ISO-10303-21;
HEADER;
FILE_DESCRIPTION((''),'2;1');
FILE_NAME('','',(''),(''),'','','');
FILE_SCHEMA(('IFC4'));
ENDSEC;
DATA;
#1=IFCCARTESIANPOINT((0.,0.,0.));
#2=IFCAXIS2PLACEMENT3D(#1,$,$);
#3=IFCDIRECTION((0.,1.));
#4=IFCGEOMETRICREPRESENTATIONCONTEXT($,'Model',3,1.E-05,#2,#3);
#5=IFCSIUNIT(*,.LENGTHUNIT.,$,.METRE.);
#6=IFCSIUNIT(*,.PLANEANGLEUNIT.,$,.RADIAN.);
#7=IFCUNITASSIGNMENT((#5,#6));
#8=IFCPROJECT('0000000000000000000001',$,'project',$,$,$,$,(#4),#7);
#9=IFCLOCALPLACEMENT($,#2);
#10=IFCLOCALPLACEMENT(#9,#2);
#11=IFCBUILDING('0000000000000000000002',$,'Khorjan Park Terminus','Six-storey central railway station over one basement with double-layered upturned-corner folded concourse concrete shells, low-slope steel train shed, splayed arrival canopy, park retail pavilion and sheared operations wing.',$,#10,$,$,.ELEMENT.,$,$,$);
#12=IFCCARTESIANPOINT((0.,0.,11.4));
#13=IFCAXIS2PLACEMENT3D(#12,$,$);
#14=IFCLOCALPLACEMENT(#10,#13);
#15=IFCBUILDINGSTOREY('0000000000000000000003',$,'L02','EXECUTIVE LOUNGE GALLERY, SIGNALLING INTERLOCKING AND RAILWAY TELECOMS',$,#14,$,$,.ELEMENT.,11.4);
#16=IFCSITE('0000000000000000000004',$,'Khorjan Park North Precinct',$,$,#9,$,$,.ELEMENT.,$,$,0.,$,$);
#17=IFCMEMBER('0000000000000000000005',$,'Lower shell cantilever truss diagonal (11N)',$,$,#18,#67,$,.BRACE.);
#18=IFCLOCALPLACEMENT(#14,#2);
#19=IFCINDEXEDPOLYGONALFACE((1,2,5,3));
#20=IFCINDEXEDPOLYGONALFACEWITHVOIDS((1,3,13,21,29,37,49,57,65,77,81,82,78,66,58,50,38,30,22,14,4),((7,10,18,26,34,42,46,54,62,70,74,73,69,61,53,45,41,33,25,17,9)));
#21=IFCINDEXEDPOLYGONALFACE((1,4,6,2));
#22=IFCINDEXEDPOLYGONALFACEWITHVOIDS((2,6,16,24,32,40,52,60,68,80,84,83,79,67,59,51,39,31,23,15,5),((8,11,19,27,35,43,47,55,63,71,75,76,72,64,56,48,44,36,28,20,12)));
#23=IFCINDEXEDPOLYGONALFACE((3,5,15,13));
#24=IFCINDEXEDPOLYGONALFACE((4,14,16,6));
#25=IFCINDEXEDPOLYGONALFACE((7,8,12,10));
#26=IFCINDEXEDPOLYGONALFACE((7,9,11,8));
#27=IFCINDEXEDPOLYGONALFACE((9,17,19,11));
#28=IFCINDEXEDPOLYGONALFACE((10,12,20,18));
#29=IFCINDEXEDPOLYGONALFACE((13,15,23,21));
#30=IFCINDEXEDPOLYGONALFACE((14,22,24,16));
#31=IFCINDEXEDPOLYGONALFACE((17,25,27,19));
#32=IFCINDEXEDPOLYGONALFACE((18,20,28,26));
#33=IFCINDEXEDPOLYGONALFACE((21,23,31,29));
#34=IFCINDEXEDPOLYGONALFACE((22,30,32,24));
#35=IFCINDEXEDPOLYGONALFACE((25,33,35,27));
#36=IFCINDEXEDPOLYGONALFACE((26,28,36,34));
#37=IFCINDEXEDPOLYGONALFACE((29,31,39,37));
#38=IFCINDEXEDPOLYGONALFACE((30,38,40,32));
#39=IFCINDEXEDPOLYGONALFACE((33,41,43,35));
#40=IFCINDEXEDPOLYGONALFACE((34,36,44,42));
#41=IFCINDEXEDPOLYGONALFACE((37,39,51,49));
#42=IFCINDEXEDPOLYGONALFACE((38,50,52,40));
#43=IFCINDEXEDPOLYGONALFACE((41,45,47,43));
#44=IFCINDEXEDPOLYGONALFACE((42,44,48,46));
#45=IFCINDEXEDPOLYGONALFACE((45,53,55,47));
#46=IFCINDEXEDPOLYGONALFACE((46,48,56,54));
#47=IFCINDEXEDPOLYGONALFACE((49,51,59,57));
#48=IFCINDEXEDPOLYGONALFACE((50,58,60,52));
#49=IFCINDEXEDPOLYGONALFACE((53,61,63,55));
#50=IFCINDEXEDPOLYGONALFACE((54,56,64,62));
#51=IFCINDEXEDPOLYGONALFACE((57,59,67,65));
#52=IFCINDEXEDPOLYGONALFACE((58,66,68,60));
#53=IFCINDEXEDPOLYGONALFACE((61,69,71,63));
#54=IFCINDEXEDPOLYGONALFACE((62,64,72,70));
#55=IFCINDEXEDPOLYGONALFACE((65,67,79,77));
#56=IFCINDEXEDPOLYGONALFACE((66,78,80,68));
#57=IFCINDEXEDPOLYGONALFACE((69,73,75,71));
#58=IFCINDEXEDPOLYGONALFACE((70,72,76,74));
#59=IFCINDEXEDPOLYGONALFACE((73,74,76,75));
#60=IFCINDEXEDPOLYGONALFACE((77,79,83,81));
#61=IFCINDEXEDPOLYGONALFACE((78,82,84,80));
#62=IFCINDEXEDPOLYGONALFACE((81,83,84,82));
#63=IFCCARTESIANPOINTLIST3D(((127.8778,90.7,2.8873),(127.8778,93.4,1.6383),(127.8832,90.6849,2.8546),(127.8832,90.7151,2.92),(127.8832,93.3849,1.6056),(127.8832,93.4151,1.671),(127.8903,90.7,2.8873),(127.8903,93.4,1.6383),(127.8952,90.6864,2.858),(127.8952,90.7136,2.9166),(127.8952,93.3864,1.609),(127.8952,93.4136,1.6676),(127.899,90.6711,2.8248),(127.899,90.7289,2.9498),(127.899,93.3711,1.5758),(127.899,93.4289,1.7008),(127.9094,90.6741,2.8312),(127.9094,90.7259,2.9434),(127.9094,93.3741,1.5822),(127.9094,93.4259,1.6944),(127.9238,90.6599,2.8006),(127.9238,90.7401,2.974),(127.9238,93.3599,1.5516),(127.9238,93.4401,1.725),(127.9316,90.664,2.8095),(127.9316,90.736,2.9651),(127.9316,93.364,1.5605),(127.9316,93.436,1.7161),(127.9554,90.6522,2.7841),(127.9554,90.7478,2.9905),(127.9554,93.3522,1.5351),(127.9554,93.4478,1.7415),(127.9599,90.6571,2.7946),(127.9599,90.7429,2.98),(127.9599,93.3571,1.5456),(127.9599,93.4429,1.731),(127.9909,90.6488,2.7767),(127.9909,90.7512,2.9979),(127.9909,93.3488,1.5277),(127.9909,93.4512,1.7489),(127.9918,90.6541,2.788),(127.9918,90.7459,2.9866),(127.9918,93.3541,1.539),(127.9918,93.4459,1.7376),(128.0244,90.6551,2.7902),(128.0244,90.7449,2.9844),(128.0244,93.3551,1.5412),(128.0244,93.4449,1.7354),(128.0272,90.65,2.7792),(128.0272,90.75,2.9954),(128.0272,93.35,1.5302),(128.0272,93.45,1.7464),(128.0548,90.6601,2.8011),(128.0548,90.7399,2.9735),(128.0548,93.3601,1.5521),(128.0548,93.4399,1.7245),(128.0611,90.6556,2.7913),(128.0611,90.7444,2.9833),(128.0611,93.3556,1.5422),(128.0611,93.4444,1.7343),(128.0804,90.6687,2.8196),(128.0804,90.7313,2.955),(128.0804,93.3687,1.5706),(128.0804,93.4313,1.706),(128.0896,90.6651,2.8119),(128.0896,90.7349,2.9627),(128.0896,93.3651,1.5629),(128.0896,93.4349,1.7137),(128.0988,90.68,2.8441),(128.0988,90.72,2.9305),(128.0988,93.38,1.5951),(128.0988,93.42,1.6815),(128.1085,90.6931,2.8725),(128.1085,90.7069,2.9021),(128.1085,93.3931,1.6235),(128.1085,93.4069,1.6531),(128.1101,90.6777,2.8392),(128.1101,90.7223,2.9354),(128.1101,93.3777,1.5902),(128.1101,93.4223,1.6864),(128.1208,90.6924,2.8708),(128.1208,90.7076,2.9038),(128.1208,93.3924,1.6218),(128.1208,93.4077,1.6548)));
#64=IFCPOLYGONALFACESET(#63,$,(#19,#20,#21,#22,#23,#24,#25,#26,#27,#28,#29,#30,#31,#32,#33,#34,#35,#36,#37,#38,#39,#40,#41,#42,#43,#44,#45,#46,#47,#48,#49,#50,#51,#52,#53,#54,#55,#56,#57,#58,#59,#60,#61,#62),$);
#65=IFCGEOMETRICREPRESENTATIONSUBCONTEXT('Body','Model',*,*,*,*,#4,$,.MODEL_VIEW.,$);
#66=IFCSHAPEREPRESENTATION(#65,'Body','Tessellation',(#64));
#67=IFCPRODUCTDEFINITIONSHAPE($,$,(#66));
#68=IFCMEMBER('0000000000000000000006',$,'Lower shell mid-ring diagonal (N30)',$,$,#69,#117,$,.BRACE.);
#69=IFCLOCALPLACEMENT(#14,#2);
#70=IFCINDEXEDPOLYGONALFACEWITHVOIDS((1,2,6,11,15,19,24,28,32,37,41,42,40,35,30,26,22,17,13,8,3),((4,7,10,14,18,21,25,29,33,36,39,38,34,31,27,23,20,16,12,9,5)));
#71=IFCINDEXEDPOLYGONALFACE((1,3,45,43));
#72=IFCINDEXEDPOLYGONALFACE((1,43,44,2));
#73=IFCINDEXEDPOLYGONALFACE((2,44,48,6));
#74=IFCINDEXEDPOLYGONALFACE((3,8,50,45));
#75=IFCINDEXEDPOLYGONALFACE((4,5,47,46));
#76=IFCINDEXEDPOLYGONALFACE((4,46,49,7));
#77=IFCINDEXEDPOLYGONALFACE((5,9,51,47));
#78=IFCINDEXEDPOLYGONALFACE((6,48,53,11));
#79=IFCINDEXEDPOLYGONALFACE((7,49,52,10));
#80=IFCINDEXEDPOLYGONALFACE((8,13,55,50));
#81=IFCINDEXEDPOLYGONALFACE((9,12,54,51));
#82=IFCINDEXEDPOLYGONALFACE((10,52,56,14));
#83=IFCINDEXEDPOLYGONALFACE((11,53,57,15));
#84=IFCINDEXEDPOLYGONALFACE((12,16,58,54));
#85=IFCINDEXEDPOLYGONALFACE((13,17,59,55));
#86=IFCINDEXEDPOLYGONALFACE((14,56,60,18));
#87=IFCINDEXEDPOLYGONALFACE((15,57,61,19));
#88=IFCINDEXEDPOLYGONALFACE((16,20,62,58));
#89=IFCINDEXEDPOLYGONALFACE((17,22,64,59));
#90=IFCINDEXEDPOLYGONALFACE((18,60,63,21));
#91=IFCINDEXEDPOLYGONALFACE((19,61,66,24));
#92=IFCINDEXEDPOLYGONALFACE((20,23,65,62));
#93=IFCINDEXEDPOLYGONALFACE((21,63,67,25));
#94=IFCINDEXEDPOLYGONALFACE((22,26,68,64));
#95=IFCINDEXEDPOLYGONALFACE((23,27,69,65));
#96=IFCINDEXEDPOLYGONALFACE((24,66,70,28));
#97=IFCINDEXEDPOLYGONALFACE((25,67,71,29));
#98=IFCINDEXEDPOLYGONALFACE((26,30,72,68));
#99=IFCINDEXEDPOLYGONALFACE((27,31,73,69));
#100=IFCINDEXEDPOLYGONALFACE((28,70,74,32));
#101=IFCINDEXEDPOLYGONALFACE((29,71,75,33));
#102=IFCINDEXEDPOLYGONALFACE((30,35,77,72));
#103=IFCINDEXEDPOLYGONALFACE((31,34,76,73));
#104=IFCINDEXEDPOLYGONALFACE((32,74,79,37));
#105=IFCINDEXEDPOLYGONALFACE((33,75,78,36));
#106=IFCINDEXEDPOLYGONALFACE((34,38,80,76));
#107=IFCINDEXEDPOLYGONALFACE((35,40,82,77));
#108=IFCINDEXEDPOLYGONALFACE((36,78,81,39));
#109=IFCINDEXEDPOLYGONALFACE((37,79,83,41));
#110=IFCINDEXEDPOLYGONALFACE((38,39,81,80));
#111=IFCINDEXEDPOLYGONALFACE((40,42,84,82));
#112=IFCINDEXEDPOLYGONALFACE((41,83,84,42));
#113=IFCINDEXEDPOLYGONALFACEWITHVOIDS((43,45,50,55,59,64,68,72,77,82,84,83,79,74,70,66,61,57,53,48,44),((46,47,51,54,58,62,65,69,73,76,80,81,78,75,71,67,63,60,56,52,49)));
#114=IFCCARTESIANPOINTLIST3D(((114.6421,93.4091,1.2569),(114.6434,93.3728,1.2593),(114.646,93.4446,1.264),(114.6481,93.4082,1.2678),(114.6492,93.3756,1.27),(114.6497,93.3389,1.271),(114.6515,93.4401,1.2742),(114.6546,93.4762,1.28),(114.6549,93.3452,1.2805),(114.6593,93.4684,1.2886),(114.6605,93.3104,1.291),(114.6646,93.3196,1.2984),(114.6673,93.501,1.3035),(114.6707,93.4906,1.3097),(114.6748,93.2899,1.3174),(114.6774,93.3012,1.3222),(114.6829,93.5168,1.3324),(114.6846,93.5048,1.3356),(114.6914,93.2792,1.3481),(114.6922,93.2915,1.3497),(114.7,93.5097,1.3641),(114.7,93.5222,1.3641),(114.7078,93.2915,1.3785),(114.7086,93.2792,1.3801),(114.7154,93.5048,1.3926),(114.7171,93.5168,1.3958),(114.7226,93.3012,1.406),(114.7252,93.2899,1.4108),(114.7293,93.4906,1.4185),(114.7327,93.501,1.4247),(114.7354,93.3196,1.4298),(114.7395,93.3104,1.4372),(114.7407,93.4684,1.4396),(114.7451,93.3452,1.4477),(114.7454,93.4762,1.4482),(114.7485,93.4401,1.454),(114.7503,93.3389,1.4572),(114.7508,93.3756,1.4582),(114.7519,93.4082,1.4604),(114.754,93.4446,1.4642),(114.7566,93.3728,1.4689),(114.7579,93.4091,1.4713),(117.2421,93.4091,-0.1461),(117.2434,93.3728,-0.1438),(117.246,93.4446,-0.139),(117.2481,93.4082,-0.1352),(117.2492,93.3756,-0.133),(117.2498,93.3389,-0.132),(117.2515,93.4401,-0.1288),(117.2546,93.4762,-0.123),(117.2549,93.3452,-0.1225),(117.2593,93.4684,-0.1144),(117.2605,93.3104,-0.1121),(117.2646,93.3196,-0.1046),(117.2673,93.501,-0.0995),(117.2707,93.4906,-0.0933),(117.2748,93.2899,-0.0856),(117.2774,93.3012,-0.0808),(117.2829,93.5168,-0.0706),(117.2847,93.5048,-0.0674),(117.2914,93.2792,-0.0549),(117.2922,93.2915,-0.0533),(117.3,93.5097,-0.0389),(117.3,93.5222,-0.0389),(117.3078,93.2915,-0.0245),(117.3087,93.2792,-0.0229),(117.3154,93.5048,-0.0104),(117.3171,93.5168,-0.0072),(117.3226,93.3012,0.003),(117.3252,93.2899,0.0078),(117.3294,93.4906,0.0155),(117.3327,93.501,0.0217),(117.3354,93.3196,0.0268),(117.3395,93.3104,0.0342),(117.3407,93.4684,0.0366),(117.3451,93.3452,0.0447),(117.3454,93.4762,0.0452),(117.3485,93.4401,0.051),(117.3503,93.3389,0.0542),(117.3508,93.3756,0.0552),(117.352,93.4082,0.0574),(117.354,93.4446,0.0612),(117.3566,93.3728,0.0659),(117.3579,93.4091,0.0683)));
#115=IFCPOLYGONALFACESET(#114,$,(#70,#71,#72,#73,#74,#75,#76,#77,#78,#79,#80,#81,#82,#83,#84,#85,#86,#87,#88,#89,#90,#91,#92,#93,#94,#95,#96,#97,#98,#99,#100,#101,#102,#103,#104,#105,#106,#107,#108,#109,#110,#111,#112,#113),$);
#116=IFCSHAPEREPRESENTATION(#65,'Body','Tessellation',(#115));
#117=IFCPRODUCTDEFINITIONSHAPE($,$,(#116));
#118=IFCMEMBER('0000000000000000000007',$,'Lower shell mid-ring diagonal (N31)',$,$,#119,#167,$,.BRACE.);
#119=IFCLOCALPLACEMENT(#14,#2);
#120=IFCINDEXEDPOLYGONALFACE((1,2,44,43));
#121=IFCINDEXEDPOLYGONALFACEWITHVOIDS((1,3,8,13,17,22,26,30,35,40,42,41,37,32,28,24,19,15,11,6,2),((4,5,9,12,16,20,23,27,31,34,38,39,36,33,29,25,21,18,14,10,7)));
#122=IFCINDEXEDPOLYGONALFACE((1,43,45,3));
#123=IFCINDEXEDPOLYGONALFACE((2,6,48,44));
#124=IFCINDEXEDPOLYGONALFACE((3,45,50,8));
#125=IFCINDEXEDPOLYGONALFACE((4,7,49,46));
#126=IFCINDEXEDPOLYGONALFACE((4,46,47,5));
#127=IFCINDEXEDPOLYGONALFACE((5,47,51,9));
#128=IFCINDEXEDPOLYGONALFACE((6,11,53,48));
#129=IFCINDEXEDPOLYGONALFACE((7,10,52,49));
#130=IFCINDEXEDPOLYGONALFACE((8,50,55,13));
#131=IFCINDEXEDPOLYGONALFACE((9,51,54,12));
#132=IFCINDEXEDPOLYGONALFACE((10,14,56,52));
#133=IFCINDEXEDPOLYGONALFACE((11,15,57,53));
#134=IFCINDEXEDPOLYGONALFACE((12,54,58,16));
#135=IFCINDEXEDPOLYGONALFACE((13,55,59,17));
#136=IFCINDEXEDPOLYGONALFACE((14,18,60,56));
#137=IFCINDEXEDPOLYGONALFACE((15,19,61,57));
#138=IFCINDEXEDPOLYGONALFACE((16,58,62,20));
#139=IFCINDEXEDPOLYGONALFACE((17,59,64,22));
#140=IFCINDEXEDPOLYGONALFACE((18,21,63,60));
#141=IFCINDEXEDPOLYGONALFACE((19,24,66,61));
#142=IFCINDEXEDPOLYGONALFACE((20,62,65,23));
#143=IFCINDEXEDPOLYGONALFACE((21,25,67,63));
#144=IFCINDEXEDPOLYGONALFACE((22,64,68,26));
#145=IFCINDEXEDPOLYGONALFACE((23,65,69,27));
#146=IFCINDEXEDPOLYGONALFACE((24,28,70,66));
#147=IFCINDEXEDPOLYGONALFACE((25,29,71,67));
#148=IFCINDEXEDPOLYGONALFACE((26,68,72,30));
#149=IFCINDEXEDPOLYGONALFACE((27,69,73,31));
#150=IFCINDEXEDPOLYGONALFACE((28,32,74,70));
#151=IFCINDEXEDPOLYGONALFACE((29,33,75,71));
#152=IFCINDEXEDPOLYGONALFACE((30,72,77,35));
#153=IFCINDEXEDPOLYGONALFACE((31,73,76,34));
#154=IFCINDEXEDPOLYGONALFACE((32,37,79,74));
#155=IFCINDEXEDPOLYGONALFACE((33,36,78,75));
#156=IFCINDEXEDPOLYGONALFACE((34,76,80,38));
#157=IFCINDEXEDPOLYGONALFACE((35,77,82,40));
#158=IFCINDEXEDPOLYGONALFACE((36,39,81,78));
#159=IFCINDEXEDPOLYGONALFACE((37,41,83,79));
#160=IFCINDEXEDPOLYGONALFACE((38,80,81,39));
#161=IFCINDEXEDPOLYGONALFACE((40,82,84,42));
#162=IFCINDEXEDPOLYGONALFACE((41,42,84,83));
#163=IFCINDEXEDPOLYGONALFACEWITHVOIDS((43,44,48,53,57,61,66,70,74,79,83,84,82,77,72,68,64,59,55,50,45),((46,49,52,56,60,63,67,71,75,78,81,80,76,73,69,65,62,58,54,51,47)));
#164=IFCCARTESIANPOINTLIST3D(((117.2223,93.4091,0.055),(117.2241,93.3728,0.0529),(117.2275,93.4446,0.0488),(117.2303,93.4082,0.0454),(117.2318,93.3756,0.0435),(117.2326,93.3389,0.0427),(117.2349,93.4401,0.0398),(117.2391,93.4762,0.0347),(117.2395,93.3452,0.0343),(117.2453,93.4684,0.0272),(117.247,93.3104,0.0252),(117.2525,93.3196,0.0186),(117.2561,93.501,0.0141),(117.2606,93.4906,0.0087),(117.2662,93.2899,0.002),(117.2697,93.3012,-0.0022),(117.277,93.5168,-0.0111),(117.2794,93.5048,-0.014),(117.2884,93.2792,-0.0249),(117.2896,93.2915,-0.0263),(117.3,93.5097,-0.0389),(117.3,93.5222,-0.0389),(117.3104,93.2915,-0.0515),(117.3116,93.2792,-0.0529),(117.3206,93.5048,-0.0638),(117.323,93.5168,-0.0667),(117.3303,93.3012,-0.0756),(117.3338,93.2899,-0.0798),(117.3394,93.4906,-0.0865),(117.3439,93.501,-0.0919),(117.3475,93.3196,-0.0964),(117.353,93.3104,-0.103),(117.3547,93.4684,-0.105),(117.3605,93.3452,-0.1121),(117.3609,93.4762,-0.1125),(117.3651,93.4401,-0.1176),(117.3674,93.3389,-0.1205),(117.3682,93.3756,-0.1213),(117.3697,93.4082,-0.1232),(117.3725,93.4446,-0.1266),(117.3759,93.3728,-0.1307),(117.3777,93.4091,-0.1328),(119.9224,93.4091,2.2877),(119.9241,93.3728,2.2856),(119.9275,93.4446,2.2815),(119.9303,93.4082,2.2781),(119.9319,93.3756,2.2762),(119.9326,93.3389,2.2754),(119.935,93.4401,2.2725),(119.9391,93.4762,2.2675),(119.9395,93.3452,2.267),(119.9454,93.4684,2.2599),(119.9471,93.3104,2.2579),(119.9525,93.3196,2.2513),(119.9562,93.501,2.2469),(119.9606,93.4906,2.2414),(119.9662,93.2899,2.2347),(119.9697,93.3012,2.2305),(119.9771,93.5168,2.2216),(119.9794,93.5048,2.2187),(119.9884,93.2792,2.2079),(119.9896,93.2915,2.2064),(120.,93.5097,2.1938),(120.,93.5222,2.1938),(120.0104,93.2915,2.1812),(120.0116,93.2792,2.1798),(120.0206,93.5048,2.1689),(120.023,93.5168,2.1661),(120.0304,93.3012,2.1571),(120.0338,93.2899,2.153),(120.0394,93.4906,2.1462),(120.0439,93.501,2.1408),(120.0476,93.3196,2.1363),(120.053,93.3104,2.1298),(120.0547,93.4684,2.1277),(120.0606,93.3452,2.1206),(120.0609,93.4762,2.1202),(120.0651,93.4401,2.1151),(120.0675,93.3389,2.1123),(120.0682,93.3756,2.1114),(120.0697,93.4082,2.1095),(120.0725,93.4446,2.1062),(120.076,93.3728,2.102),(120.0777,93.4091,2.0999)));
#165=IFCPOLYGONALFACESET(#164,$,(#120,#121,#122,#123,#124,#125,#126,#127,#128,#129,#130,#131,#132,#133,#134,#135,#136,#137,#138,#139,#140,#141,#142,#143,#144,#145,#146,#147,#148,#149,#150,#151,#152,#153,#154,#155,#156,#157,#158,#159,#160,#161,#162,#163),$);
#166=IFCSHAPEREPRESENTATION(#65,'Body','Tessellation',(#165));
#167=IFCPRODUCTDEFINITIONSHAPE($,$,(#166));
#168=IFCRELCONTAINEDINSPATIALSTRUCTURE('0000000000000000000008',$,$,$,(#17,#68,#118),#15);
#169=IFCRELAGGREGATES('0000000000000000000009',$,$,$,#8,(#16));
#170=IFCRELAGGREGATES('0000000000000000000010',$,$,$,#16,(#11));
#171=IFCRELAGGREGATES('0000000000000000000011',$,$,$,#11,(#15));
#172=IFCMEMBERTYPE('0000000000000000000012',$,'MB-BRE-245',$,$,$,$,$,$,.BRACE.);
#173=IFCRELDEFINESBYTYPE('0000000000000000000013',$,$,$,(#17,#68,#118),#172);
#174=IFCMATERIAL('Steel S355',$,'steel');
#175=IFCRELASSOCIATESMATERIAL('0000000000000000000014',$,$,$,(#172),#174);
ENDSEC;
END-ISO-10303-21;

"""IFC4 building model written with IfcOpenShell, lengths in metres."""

from ifc_helpers import new_model, si_unit, direction, frame, origin, origin_2d, place, context, subcontext, project, spatial, hollow_circle, extrude, material, material_profile, profile_set, type_object, element, save


model = new_model("IFC4")

# Units and contexts
model_context = context("Model", 3, precision=1e-05, world=origin(), true_north=direction((0.0, 1.0)))
body_context = subcontext(model_context, "Body", "Model", "MODEL_VIEW")
ifc_project = project(units=[si_unit("LENGTHUNIT", "METRE"), si_unit("PLANEANGLEUNIT", "RADIAN")], contexts=[model_context])

# Site, building, storey
site_placement = place(None, origin())
site = spatial("IfcSite", under=ifc_project, at=site_placement, Name="Khorjan Park North Precinct", CompositionType="ELEMENT", RefElevation=0.0)
building_placement = place(site_placement, origin())
building = spatial("IfcBuilding", under=site, at=building_placement, Name="Khorjan Park Terminus", Description="Six-storey central railway station over one basement with double-layered upturned-corner folded concourse concrete shells, low-slope steel train shed, splayed arrival canopy, park retail pavilion and sheared operations wing.", CompositionType="ELEMENT")
storey_placement = place(building_placement, frame((0.0, 0.0, 11.4)))
storey = spatial("IfcBuildingStorey", under=building, at=storey_placement, Name="L02", Description="EXECUTIVE LOUNGE GALLERY, SIGNALLING INTERLOCKING AND RAILWAY TELECOMS", CompositionType="ELEMENT", Elevation=11.4)

# Members
ifc_material_1 = material(Name="Steel S355", Category="steel")
ifc_material_profile_1 = material_profile(ifc_material_1, hollow_circle(Radius=0.1222, WallThickness=0.0125, at=origin_2d()), Name="CHS 244.5x12.5")
ifc_profile_set_1 = profile_set([ifc_material_profile_1], Name="Steel S355")
member_type_1 = type_object("IfcMemberType", Name="MB-BRE-245", PredefinedType="BRACE", material=ifc_profile_set_1)
member_1_placement = place(storey_placement, frame((128.0, 90.7, 2.8873), z_axis=(0.0, 0.907595, -0.419847), x_axis=(-1.0, 0.0, 0.0)))
element("IfcMember", 1, at=member_1_placement, inside=storey, type_object=member_type_1, Name="Lower shell cantilever truss diagonal (11N)", PredefinedType="BRACE", context=body_context, shape_type="SweptSolid", body=[
    extrude(hollow_circle(Radius=0.1222, WallThickness=0.0125, at=origin_2d()), origin(), (0.0, 0.0, 1.0), 2.9749),
])
member_2_placement = place(storey_placement, frame((114.7, 93.4, 1.3641), z_axis=(0.880047, 0.0, -0.474887), x_axis=(0.0, 1.0, 0.0)))
element("IfcMember", 2, at=member_2_placement, inside=storey, type_object=member_type_1, Name="Lower shell mid-ring diagonal (N30)", PredefinedType="BRACE", context=body_context, shape_type="SweptSolid", body=[
    extrude(hollow_circle(Radius=0.1222, WallThickness=0.0125, at=origin_2d()), origin(), (0.0, 0.0, 1.0), 2.9544),
])
member_3_placement = place(storey_placement, frame((117.3, 93.4, -0.0389), z_axis=(0.770644, 0.0, 0.637266), x_axis=(0.0, 1.0, 0.0)))
element("IfcMember", 3, at=member_3_placement, inside=storey, type_object=member_type_1, Name="Lower shell mid-ring diagonal (N31)", PredefinedType="BRACE", context=body_context, shape_type="SweptSolid", body=[
    extrude(hollow_circle(Radius=0.1222, WallThickness=0.0125, at=origin_2d()), origin(), (0.0, 0.0, 1.0), 3.5036),
])

save(model, "model.ifc")
